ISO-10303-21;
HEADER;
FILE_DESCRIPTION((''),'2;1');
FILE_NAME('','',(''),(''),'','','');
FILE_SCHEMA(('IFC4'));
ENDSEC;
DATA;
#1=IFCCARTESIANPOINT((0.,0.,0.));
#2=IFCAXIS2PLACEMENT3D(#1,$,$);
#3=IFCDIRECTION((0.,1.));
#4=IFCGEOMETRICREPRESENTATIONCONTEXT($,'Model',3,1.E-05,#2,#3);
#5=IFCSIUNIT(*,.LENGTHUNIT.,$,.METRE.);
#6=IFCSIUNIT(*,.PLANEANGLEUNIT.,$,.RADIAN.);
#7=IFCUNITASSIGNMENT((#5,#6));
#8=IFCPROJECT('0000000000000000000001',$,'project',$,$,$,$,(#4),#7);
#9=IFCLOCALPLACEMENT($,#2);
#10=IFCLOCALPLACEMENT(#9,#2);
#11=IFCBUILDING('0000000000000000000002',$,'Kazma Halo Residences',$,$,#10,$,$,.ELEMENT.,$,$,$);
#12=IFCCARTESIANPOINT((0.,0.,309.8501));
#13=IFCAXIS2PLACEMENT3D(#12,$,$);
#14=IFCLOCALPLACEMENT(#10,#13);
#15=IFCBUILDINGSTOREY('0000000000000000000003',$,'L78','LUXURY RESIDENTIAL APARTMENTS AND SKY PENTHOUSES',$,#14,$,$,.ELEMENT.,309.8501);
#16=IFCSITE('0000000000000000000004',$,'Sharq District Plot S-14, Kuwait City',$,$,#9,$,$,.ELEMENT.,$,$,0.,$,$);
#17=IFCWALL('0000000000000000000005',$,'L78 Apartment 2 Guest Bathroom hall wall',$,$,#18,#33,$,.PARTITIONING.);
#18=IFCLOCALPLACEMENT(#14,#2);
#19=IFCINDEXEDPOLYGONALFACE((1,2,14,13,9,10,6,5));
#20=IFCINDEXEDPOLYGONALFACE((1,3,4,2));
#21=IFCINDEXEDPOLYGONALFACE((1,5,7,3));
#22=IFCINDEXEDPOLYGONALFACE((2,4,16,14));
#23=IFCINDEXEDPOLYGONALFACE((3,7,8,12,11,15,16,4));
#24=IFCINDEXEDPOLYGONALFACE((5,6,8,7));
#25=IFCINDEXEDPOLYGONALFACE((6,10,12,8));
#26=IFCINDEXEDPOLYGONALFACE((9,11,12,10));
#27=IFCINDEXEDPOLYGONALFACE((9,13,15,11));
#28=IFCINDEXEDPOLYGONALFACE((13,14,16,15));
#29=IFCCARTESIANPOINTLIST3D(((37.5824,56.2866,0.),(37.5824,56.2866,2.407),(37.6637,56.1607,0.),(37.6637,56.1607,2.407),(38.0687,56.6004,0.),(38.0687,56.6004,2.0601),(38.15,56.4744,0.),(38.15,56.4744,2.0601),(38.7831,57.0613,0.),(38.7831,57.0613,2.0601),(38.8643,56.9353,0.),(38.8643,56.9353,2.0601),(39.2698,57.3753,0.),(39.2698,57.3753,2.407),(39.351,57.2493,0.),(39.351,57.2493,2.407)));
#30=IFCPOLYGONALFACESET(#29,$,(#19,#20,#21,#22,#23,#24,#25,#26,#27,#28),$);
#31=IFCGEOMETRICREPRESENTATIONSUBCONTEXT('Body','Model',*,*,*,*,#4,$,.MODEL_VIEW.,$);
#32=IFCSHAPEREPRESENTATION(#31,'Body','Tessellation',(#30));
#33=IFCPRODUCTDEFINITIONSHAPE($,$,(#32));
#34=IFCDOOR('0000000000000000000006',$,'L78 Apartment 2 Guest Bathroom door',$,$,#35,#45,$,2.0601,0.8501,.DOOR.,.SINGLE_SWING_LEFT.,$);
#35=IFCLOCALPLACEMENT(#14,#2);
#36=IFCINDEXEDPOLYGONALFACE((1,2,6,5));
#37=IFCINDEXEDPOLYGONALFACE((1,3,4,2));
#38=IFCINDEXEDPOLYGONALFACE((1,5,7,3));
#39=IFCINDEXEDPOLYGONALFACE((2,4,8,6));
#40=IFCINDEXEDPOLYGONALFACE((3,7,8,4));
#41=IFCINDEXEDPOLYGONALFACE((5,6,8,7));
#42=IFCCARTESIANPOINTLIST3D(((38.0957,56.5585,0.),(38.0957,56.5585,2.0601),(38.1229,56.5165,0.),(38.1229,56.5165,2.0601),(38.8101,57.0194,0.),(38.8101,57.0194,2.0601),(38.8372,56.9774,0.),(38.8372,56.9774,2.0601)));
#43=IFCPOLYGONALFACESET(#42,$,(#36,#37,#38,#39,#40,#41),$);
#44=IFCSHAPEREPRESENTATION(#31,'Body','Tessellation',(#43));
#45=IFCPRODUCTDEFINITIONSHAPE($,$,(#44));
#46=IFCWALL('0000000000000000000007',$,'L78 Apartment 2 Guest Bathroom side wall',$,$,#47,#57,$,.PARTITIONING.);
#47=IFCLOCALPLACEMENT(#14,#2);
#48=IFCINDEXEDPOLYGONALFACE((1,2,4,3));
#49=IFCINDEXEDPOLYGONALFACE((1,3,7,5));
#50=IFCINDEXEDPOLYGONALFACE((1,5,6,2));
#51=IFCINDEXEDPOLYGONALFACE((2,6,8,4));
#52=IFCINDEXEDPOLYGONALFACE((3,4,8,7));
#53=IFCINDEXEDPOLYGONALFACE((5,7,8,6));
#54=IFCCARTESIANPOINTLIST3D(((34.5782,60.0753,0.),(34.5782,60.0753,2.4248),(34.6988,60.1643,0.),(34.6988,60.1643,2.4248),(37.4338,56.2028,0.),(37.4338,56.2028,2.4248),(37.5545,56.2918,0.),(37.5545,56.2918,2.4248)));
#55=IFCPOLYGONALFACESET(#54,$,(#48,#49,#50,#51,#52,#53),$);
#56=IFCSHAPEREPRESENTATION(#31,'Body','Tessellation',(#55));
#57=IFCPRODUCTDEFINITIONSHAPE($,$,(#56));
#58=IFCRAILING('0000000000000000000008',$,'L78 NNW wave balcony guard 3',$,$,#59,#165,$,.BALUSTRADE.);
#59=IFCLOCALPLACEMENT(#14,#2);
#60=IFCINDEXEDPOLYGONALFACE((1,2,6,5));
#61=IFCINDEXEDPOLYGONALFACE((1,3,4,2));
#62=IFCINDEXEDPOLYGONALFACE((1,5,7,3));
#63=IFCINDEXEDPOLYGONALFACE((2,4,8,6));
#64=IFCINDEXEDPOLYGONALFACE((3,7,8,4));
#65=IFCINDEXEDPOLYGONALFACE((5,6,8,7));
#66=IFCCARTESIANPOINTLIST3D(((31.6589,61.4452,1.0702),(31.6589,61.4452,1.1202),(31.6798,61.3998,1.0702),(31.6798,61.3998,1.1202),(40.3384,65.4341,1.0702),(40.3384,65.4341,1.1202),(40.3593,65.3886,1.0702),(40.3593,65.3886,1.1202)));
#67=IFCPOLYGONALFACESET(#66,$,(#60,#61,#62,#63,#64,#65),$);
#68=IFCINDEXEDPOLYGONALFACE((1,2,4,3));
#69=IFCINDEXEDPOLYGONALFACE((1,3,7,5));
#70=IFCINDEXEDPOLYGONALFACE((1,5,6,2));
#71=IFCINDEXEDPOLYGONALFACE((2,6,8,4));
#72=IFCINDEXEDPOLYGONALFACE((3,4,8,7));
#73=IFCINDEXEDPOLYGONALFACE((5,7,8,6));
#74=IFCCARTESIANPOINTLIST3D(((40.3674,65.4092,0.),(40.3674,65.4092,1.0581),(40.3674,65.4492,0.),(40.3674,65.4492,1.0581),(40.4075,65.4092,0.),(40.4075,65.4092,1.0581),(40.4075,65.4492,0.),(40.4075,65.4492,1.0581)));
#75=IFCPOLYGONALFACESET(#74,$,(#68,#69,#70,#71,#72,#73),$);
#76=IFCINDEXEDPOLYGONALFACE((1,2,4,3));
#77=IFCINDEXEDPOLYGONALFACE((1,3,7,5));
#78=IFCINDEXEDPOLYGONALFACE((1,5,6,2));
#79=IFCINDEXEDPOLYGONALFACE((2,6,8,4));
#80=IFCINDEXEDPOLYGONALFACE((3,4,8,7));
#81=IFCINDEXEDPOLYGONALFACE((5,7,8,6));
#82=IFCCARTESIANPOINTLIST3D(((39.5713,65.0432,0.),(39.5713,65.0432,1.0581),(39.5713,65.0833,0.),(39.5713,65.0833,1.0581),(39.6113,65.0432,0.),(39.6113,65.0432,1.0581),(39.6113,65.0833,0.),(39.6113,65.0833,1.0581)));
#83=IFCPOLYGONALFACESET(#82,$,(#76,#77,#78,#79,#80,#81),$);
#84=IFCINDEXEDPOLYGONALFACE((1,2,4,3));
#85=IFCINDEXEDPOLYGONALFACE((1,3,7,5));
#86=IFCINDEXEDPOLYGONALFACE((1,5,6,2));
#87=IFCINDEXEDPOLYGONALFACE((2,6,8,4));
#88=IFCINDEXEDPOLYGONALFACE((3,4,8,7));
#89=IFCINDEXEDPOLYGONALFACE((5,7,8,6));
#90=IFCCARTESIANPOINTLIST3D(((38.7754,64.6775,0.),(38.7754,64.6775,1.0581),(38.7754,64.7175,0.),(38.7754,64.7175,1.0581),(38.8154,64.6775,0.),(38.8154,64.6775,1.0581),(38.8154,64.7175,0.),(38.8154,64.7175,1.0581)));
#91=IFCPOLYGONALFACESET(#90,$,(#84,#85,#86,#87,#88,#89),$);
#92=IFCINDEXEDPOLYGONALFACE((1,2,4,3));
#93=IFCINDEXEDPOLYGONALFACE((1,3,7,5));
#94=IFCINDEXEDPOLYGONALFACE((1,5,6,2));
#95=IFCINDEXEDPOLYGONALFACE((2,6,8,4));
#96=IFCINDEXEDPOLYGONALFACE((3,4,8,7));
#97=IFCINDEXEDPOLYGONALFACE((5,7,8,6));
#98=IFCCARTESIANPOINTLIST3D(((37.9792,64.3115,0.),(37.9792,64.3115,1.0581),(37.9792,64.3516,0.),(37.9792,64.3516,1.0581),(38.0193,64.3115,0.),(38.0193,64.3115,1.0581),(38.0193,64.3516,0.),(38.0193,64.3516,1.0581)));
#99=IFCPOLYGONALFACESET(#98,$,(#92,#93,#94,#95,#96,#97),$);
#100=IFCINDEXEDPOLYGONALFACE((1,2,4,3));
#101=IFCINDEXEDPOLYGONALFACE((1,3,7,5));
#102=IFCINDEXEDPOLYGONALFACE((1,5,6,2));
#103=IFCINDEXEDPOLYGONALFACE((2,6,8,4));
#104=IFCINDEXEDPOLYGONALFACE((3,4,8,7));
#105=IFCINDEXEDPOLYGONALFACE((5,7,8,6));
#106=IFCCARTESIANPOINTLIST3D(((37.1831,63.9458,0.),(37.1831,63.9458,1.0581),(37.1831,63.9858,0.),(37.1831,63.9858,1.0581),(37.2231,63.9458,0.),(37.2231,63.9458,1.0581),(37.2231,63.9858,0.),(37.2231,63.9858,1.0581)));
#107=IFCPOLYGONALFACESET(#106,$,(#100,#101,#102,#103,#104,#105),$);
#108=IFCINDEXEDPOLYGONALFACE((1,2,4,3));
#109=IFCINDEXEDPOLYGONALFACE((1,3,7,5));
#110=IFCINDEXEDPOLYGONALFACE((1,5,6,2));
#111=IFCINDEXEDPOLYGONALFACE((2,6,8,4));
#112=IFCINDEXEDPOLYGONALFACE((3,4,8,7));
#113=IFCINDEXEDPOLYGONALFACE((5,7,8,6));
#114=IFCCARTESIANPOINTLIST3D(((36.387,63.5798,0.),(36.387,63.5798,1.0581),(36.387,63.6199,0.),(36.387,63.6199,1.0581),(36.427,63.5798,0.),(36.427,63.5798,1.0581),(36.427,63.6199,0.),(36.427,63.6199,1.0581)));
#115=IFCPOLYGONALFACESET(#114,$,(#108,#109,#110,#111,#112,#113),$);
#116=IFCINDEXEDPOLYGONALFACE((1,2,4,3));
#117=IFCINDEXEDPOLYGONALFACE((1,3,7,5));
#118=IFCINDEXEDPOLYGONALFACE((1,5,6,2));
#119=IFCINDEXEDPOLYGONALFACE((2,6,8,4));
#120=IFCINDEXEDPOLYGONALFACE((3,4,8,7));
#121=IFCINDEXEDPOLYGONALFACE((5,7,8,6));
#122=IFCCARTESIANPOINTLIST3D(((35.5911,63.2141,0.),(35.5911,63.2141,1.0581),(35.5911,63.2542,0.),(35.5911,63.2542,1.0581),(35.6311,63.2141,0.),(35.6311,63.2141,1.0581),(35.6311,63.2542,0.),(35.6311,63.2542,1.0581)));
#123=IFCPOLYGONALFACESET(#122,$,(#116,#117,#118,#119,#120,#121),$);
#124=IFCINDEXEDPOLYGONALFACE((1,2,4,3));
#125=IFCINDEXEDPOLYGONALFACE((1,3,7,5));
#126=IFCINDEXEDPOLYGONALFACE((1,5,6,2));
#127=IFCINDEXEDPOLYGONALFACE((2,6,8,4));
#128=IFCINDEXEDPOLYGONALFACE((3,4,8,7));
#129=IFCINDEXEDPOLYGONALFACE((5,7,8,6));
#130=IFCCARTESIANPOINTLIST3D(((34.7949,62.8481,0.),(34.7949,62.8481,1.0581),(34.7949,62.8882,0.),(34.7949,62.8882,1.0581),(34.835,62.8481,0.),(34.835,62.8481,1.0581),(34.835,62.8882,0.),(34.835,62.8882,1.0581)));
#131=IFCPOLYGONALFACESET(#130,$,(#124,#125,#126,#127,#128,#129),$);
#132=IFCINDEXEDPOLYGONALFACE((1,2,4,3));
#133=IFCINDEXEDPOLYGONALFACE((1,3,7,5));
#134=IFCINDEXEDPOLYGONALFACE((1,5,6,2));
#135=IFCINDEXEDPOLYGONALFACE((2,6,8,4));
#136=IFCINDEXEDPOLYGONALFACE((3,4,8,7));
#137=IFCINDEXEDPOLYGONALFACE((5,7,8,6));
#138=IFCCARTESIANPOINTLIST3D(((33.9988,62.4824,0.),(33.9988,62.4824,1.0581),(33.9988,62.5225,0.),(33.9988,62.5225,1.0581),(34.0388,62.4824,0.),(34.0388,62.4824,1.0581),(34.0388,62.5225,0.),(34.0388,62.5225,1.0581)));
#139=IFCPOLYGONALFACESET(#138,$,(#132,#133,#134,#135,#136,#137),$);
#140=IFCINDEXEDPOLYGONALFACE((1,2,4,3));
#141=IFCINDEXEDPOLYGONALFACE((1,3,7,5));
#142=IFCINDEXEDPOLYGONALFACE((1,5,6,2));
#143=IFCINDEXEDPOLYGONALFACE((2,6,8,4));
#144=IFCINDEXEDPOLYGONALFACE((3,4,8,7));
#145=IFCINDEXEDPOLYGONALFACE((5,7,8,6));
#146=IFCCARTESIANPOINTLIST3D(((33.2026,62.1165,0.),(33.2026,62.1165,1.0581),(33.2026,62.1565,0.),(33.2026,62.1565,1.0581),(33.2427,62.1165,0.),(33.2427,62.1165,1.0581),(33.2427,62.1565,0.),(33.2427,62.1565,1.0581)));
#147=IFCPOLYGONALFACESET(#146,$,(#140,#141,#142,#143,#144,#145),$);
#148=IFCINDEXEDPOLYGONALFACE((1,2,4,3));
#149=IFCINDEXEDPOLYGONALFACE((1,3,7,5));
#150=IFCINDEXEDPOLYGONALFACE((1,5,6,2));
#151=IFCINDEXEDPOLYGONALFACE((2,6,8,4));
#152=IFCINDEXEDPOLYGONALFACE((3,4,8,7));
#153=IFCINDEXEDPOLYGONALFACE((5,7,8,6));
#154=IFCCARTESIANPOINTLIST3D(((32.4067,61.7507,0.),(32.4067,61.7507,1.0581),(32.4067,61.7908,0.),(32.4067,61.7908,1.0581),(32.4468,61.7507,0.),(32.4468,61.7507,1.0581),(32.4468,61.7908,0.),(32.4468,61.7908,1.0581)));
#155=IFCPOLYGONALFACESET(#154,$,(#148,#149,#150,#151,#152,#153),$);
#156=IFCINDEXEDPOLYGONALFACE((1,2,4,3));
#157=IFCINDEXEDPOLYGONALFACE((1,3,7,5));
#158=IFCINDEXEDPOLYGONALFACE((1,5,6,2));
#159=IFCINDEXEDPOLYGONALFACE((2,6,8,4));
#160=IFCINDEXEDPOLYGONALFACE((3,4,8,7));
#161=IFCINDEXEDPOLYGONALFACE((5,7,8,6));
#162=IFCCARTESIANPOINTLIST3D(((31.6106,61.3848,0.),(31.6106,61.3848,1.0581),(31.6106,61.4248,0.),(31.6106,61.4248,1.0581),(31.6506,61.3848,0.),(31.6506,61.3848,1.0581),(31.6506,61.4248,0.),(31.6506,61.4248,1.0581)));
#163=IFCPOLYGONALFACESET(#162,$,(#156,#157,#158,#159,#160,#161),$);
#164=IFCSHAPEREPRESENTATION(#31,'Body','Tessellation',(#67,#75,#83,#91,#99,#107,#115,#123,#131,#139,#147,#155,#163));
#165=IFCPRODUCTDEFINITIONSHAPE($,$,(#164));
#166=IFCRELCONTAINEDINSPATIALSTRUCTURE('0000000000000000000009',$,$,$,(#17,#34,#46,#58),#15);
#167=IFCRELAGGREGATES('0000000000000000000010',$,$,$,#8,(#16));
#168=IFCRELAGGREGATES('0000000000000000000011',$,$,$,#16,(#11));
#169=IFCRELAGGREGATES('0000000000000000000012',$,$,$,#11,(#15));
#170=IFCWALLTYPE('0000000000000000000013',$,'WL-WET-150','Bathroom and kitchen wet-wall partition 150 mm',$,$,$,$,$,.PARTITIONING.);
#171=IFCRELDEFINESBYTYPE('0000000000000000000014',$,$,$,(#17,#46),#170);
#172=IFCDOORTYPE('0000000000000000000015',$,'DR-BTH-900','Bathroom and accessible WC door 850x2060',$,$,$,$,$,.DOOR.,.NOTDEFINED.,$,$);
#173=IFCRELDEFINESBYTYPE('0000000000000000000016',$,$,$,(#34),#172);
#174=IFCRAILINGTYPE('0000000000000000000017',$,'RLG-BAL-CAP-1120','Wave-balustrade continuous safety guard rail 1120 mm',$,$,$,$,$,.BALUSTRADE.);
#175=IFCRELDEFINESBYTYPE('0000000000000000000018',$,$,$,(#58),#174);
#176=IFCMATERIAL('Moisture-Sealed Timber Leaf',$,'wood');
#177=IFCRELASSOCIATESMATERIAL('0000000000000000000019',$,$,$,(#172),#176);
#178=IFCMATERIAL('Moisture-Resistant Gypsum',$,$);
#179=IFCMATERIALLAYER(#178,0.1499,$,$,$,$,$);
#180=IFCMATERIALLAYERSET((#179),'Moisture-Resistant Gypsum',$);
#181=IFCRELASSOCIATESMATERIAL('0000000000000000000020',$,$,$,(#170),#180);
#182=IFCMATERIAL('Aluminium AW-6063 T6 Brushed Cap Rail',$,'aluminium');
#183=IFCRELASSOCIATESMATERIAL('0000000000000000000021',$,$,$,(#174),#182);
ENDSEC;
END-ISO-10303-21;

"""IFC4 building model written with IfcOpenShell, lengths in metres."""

from ifc_helpers import new_model, si_unit, direction, frame, frame_2d, origin, origin_2d, place, context, subcontext, project, spatial, rectangle, extrude, material, layer, layer_set, type_object, element, fill, save


model = new_model("IFC4")

# Units and contexts
model_context = context("Model", 3, precision=1e-05, world=origin(), true_north=direction((0.0, 1.0)))
body_context = subcontext(model_context, "Body", "Model", "MODEL_VIEW")
ifc_project = project(units=[si_unit("LENGTHUNIT", "METRE"), si_unit("PLANEANGLEUNIT", "RADIAN")], contexts=[model_context])

# Site, building, storey
site_placement = place(None, origin())
site = spatial("IfcSite", under=ifc_project, at=site_placement, Name="Sharq District Plot S-14, Kuwait City", CompositionType="ELEMENT", RefElevation=0.0)
building_placement = place(site_placement, origin())
building = spatial("IfcBuilding", under=site, at=building_placement, Name="Kazma Halo Residences", CompositionType="ELEMENT")
storey_placement = place(building_placement, frame((0.0, 0.0, 309.8501)))
storey = spatial("IfcBuildingStorey", under=building, at=storey_placement, Name="L78", Description="LUXURY RESIDENTIAL APARTMENTS AND SKY PENTHOUSES", CompositionType="ELEMENT", Elevation=309.8501)

# Wall, opening, door
ifc_material_1 = material(Name="Moisture-Sealed Timber Leaf", Category="wood")
door_type_1 = type_object("IfcDoorType", Name="DR-BTH-900", Description="Bathroom and accessible WC door 850x2060", OperationType="NOTDEFINED", PredefinedType="DOOR", material=ifc_material_1)
ifc_material_2 = material(Name="Moisture-Resistant Gypsum")
ifc_layer_1 = layer(ifc_material_2, 0.1499)
ifc_layer_set_1 = layer_set([ifc_layer_1], Name="Moisture-Resistant Gypsum")
wall_type_1 = type_object("IfcWallType", Name="WL-WET-150", Description="Bathroom and kitchen wet-wall partition 150 mm", PredefinedType="PARTITIONING", material=ifc_layer_set_1)
wall_1_placement = place(storey_placement, frame((39.3103, 57.3123, 0.0), z_axis=(0.0, 0.0, 1.0), x_axis=(-0.840281, -0.542152, 0.0)))
wall_1 = element("IfcWall", 1, at=wall_1_placement, inside=storey, type_object=wall_type_1, Name="L78 Apartment 2 Guest Bathroom hall wall", PredefinedType="PARTITIONING", context=body_context, shape_type="SweptSolid", body=[
    extrude(rectangle(XDim=2.0081, YDim=0.1499, at=frame_2d((1.0039, 0.0))), origin(), (0.0, 0.0, 1.0), 2.407),
])
opening_1_placement = place(wall_1_placement, frame((0.5791, 0.0, 0.0)))
opening_1 = element("IfcOpeningElement", 2, at=opening_1_placement, cuts=wall_1, PredefinedType="OPENING", context=body_context, shape_type="SweptSolid", body=[
    extrude(rectangle(XDim=0.8501, YDim=2.0601, at=frame_2d((0.425, 1.03))), frame((0.0, 0.085, 0.0), z_axis=(0.0, -1.0, 0.0), x_axis=(1.0, 0.0, 0.0)), (0.0, 0.0, 1.0), 0.1699),
])
door_1_placement = place(opening_1_placement, origin())
door_1 = element("IfcDoor", 3, at=door_1_placement, inside=storey, type_object=door_type_1, Name="L78 Apartment 2 Guest Bathroom door", OperationType="SINGLE_SWING_LEFT", OverallHeight=2.0601, OverallWidth=0.8501, PredefinedType="DOOR", context=body_context, shape_type="SweptSolid", body=[
    extrude(rectangle(XDim=0.8501, YDim=2.0601, at=frame_2d((0.425, 1.03))), frame((0.0, 0.0249, 0.0), z_axis=(0.0, -1.0, 0.0), x_axis=(1.0, 0.0, 0.0)), (0.0, 0.0, 1.0), 0.05),
])
fill(opening_1, door_1)

# Wall
wall_2_placement = place(storey_placement, frame((37.4941, 56.2473, 0.0), z_axis=(0.0, 0.0, 1.0), x_axis=(-0.593502, 0.804833, 0.0)))
element("IfcWall", 4, at=wall_2_placement, inside=storey, type_object=wall_type_1, Name="L78 Apartment 2 Guest Bathroom side wall", PredefinedType="PARTITIONING", context=body_context, shape_type="SweptSolid", body=[
    extrude(rectangle(XDim=4.8115, YDim=0.1499, at=frame_2d((2.4058, 0.0))), origin(), (0.0, 0.0, 1.0), 2.4248),
])

# Railing
ifc_material_3 = material(Name="Aluminium AW-6063 T6 Brushed Cap Rail", Category="aluminium")
railing_type = type_object("IfcRailingType", Name="RLG-BAL-CAP-1120", Description="Wave-balustrade continuous safety guard rail 1120 mm", PredefinedType="BALUSTRADE", material=ifc_material_3)
railing_placement = place(storey_placement, frame((40.3875, 65.4292, 0.0)))
element("IfcRailing", 5, at=railing_placement, inside=storey, type_object=railing_type, Name="L78 NNW wave balcony guard 3", PredefinedType="BALUSTRADE", context=body_context, shape_type="SweptSolid", body=[
    extrude(rectangle(XDim=0.05, YDim=0.05, at=origin_2d()), frame((-0.0386, -0.0178, 1.0952), z_axis=(-0.908637, -0.417586, 0.0), x_axis=(0.417586, -0.908637, 0.0)), (0.0, 0.0, 1.0), 9.5522),
    extrude(rectangle(XDim=0.04, YDim=0.04, at=origin_2d()), origin(), (0.0, 0.0, 1.0), 1.0581),
    extrude(rectangle(XDim=0.04, YDim=0.04, at=origin_2d()), frame((-0.7961, -0.366, 0.0)), (0.0, 0.0, 1.0), 1.0581),
    extrude(rectangle(XDim=0.04, YDim=0.04, at=origin_2d()), frame((-1.592, -0.7317, 0.0)), (0.0, 0.0, 1.0), 1.0581),
    extrude(rectangle(XDim=0.04, YDim=0.04, at=origin_2d()), frame((-2.3882, -1.0977, 0.0)), (0.0, 0.0, 1.0), 1.0581),
    extrude(rectangle(XDim=0.04, YDim=0.04, at=origin_2d()), frame((-3.1843, -1.4634, 0.0)), (0.0, 0.0, 1.0), 1.0581),
    extrude(rectangle(XDim=0.04, YDim=0.04, at=origin_2d()), frame((-3.9805, -1.8293, 0.0)), (0.0, 0.0, 1.0), 1.0581),
    extrude(rectangle(XDim=0.04, YDim=0.04, at=origin_2d()), frame((-4.7764, -2.1951, 0.0)), (0.0, 0.0, 1.0), 1.0581),
    extrude(rectangle(XDim=0.04, YDim=0.04, at=origin_2d()), frame((-5.5725, -2.561, 0.0)), (0.0, 0.0, 1.0), 1.0581),
    extrude(rectangle(XDim=0.04, YDim=0.04, at=origin_2d()), frame((-6.3687, -2.9268, 0.0)), (0.0, 0.0, 1.0), 1.0581),
    extrude(rectangle(XDim=0.04, YDim=0.04, at=origin_2d()), frame((-7.1648, -3.2927, 0.0)), (0.0, 0.0, 1.0), 1.0581),
    extrude(rectangle(XDim=0.04, YDim=0.04, at=origin_2d()), frame((-7.9607, -3.6584, 0.0)), (0.0, 0.0, 1.0), 1.0581),
    extrude(rectangle(XDim=0.04, YDim=0.04, at=origin_2d()), frame((-8.7568, -4.0244, 0.0)), (0.0, 0.0, 1.0), 1.0581),
])

save(model, "model.ifc")
